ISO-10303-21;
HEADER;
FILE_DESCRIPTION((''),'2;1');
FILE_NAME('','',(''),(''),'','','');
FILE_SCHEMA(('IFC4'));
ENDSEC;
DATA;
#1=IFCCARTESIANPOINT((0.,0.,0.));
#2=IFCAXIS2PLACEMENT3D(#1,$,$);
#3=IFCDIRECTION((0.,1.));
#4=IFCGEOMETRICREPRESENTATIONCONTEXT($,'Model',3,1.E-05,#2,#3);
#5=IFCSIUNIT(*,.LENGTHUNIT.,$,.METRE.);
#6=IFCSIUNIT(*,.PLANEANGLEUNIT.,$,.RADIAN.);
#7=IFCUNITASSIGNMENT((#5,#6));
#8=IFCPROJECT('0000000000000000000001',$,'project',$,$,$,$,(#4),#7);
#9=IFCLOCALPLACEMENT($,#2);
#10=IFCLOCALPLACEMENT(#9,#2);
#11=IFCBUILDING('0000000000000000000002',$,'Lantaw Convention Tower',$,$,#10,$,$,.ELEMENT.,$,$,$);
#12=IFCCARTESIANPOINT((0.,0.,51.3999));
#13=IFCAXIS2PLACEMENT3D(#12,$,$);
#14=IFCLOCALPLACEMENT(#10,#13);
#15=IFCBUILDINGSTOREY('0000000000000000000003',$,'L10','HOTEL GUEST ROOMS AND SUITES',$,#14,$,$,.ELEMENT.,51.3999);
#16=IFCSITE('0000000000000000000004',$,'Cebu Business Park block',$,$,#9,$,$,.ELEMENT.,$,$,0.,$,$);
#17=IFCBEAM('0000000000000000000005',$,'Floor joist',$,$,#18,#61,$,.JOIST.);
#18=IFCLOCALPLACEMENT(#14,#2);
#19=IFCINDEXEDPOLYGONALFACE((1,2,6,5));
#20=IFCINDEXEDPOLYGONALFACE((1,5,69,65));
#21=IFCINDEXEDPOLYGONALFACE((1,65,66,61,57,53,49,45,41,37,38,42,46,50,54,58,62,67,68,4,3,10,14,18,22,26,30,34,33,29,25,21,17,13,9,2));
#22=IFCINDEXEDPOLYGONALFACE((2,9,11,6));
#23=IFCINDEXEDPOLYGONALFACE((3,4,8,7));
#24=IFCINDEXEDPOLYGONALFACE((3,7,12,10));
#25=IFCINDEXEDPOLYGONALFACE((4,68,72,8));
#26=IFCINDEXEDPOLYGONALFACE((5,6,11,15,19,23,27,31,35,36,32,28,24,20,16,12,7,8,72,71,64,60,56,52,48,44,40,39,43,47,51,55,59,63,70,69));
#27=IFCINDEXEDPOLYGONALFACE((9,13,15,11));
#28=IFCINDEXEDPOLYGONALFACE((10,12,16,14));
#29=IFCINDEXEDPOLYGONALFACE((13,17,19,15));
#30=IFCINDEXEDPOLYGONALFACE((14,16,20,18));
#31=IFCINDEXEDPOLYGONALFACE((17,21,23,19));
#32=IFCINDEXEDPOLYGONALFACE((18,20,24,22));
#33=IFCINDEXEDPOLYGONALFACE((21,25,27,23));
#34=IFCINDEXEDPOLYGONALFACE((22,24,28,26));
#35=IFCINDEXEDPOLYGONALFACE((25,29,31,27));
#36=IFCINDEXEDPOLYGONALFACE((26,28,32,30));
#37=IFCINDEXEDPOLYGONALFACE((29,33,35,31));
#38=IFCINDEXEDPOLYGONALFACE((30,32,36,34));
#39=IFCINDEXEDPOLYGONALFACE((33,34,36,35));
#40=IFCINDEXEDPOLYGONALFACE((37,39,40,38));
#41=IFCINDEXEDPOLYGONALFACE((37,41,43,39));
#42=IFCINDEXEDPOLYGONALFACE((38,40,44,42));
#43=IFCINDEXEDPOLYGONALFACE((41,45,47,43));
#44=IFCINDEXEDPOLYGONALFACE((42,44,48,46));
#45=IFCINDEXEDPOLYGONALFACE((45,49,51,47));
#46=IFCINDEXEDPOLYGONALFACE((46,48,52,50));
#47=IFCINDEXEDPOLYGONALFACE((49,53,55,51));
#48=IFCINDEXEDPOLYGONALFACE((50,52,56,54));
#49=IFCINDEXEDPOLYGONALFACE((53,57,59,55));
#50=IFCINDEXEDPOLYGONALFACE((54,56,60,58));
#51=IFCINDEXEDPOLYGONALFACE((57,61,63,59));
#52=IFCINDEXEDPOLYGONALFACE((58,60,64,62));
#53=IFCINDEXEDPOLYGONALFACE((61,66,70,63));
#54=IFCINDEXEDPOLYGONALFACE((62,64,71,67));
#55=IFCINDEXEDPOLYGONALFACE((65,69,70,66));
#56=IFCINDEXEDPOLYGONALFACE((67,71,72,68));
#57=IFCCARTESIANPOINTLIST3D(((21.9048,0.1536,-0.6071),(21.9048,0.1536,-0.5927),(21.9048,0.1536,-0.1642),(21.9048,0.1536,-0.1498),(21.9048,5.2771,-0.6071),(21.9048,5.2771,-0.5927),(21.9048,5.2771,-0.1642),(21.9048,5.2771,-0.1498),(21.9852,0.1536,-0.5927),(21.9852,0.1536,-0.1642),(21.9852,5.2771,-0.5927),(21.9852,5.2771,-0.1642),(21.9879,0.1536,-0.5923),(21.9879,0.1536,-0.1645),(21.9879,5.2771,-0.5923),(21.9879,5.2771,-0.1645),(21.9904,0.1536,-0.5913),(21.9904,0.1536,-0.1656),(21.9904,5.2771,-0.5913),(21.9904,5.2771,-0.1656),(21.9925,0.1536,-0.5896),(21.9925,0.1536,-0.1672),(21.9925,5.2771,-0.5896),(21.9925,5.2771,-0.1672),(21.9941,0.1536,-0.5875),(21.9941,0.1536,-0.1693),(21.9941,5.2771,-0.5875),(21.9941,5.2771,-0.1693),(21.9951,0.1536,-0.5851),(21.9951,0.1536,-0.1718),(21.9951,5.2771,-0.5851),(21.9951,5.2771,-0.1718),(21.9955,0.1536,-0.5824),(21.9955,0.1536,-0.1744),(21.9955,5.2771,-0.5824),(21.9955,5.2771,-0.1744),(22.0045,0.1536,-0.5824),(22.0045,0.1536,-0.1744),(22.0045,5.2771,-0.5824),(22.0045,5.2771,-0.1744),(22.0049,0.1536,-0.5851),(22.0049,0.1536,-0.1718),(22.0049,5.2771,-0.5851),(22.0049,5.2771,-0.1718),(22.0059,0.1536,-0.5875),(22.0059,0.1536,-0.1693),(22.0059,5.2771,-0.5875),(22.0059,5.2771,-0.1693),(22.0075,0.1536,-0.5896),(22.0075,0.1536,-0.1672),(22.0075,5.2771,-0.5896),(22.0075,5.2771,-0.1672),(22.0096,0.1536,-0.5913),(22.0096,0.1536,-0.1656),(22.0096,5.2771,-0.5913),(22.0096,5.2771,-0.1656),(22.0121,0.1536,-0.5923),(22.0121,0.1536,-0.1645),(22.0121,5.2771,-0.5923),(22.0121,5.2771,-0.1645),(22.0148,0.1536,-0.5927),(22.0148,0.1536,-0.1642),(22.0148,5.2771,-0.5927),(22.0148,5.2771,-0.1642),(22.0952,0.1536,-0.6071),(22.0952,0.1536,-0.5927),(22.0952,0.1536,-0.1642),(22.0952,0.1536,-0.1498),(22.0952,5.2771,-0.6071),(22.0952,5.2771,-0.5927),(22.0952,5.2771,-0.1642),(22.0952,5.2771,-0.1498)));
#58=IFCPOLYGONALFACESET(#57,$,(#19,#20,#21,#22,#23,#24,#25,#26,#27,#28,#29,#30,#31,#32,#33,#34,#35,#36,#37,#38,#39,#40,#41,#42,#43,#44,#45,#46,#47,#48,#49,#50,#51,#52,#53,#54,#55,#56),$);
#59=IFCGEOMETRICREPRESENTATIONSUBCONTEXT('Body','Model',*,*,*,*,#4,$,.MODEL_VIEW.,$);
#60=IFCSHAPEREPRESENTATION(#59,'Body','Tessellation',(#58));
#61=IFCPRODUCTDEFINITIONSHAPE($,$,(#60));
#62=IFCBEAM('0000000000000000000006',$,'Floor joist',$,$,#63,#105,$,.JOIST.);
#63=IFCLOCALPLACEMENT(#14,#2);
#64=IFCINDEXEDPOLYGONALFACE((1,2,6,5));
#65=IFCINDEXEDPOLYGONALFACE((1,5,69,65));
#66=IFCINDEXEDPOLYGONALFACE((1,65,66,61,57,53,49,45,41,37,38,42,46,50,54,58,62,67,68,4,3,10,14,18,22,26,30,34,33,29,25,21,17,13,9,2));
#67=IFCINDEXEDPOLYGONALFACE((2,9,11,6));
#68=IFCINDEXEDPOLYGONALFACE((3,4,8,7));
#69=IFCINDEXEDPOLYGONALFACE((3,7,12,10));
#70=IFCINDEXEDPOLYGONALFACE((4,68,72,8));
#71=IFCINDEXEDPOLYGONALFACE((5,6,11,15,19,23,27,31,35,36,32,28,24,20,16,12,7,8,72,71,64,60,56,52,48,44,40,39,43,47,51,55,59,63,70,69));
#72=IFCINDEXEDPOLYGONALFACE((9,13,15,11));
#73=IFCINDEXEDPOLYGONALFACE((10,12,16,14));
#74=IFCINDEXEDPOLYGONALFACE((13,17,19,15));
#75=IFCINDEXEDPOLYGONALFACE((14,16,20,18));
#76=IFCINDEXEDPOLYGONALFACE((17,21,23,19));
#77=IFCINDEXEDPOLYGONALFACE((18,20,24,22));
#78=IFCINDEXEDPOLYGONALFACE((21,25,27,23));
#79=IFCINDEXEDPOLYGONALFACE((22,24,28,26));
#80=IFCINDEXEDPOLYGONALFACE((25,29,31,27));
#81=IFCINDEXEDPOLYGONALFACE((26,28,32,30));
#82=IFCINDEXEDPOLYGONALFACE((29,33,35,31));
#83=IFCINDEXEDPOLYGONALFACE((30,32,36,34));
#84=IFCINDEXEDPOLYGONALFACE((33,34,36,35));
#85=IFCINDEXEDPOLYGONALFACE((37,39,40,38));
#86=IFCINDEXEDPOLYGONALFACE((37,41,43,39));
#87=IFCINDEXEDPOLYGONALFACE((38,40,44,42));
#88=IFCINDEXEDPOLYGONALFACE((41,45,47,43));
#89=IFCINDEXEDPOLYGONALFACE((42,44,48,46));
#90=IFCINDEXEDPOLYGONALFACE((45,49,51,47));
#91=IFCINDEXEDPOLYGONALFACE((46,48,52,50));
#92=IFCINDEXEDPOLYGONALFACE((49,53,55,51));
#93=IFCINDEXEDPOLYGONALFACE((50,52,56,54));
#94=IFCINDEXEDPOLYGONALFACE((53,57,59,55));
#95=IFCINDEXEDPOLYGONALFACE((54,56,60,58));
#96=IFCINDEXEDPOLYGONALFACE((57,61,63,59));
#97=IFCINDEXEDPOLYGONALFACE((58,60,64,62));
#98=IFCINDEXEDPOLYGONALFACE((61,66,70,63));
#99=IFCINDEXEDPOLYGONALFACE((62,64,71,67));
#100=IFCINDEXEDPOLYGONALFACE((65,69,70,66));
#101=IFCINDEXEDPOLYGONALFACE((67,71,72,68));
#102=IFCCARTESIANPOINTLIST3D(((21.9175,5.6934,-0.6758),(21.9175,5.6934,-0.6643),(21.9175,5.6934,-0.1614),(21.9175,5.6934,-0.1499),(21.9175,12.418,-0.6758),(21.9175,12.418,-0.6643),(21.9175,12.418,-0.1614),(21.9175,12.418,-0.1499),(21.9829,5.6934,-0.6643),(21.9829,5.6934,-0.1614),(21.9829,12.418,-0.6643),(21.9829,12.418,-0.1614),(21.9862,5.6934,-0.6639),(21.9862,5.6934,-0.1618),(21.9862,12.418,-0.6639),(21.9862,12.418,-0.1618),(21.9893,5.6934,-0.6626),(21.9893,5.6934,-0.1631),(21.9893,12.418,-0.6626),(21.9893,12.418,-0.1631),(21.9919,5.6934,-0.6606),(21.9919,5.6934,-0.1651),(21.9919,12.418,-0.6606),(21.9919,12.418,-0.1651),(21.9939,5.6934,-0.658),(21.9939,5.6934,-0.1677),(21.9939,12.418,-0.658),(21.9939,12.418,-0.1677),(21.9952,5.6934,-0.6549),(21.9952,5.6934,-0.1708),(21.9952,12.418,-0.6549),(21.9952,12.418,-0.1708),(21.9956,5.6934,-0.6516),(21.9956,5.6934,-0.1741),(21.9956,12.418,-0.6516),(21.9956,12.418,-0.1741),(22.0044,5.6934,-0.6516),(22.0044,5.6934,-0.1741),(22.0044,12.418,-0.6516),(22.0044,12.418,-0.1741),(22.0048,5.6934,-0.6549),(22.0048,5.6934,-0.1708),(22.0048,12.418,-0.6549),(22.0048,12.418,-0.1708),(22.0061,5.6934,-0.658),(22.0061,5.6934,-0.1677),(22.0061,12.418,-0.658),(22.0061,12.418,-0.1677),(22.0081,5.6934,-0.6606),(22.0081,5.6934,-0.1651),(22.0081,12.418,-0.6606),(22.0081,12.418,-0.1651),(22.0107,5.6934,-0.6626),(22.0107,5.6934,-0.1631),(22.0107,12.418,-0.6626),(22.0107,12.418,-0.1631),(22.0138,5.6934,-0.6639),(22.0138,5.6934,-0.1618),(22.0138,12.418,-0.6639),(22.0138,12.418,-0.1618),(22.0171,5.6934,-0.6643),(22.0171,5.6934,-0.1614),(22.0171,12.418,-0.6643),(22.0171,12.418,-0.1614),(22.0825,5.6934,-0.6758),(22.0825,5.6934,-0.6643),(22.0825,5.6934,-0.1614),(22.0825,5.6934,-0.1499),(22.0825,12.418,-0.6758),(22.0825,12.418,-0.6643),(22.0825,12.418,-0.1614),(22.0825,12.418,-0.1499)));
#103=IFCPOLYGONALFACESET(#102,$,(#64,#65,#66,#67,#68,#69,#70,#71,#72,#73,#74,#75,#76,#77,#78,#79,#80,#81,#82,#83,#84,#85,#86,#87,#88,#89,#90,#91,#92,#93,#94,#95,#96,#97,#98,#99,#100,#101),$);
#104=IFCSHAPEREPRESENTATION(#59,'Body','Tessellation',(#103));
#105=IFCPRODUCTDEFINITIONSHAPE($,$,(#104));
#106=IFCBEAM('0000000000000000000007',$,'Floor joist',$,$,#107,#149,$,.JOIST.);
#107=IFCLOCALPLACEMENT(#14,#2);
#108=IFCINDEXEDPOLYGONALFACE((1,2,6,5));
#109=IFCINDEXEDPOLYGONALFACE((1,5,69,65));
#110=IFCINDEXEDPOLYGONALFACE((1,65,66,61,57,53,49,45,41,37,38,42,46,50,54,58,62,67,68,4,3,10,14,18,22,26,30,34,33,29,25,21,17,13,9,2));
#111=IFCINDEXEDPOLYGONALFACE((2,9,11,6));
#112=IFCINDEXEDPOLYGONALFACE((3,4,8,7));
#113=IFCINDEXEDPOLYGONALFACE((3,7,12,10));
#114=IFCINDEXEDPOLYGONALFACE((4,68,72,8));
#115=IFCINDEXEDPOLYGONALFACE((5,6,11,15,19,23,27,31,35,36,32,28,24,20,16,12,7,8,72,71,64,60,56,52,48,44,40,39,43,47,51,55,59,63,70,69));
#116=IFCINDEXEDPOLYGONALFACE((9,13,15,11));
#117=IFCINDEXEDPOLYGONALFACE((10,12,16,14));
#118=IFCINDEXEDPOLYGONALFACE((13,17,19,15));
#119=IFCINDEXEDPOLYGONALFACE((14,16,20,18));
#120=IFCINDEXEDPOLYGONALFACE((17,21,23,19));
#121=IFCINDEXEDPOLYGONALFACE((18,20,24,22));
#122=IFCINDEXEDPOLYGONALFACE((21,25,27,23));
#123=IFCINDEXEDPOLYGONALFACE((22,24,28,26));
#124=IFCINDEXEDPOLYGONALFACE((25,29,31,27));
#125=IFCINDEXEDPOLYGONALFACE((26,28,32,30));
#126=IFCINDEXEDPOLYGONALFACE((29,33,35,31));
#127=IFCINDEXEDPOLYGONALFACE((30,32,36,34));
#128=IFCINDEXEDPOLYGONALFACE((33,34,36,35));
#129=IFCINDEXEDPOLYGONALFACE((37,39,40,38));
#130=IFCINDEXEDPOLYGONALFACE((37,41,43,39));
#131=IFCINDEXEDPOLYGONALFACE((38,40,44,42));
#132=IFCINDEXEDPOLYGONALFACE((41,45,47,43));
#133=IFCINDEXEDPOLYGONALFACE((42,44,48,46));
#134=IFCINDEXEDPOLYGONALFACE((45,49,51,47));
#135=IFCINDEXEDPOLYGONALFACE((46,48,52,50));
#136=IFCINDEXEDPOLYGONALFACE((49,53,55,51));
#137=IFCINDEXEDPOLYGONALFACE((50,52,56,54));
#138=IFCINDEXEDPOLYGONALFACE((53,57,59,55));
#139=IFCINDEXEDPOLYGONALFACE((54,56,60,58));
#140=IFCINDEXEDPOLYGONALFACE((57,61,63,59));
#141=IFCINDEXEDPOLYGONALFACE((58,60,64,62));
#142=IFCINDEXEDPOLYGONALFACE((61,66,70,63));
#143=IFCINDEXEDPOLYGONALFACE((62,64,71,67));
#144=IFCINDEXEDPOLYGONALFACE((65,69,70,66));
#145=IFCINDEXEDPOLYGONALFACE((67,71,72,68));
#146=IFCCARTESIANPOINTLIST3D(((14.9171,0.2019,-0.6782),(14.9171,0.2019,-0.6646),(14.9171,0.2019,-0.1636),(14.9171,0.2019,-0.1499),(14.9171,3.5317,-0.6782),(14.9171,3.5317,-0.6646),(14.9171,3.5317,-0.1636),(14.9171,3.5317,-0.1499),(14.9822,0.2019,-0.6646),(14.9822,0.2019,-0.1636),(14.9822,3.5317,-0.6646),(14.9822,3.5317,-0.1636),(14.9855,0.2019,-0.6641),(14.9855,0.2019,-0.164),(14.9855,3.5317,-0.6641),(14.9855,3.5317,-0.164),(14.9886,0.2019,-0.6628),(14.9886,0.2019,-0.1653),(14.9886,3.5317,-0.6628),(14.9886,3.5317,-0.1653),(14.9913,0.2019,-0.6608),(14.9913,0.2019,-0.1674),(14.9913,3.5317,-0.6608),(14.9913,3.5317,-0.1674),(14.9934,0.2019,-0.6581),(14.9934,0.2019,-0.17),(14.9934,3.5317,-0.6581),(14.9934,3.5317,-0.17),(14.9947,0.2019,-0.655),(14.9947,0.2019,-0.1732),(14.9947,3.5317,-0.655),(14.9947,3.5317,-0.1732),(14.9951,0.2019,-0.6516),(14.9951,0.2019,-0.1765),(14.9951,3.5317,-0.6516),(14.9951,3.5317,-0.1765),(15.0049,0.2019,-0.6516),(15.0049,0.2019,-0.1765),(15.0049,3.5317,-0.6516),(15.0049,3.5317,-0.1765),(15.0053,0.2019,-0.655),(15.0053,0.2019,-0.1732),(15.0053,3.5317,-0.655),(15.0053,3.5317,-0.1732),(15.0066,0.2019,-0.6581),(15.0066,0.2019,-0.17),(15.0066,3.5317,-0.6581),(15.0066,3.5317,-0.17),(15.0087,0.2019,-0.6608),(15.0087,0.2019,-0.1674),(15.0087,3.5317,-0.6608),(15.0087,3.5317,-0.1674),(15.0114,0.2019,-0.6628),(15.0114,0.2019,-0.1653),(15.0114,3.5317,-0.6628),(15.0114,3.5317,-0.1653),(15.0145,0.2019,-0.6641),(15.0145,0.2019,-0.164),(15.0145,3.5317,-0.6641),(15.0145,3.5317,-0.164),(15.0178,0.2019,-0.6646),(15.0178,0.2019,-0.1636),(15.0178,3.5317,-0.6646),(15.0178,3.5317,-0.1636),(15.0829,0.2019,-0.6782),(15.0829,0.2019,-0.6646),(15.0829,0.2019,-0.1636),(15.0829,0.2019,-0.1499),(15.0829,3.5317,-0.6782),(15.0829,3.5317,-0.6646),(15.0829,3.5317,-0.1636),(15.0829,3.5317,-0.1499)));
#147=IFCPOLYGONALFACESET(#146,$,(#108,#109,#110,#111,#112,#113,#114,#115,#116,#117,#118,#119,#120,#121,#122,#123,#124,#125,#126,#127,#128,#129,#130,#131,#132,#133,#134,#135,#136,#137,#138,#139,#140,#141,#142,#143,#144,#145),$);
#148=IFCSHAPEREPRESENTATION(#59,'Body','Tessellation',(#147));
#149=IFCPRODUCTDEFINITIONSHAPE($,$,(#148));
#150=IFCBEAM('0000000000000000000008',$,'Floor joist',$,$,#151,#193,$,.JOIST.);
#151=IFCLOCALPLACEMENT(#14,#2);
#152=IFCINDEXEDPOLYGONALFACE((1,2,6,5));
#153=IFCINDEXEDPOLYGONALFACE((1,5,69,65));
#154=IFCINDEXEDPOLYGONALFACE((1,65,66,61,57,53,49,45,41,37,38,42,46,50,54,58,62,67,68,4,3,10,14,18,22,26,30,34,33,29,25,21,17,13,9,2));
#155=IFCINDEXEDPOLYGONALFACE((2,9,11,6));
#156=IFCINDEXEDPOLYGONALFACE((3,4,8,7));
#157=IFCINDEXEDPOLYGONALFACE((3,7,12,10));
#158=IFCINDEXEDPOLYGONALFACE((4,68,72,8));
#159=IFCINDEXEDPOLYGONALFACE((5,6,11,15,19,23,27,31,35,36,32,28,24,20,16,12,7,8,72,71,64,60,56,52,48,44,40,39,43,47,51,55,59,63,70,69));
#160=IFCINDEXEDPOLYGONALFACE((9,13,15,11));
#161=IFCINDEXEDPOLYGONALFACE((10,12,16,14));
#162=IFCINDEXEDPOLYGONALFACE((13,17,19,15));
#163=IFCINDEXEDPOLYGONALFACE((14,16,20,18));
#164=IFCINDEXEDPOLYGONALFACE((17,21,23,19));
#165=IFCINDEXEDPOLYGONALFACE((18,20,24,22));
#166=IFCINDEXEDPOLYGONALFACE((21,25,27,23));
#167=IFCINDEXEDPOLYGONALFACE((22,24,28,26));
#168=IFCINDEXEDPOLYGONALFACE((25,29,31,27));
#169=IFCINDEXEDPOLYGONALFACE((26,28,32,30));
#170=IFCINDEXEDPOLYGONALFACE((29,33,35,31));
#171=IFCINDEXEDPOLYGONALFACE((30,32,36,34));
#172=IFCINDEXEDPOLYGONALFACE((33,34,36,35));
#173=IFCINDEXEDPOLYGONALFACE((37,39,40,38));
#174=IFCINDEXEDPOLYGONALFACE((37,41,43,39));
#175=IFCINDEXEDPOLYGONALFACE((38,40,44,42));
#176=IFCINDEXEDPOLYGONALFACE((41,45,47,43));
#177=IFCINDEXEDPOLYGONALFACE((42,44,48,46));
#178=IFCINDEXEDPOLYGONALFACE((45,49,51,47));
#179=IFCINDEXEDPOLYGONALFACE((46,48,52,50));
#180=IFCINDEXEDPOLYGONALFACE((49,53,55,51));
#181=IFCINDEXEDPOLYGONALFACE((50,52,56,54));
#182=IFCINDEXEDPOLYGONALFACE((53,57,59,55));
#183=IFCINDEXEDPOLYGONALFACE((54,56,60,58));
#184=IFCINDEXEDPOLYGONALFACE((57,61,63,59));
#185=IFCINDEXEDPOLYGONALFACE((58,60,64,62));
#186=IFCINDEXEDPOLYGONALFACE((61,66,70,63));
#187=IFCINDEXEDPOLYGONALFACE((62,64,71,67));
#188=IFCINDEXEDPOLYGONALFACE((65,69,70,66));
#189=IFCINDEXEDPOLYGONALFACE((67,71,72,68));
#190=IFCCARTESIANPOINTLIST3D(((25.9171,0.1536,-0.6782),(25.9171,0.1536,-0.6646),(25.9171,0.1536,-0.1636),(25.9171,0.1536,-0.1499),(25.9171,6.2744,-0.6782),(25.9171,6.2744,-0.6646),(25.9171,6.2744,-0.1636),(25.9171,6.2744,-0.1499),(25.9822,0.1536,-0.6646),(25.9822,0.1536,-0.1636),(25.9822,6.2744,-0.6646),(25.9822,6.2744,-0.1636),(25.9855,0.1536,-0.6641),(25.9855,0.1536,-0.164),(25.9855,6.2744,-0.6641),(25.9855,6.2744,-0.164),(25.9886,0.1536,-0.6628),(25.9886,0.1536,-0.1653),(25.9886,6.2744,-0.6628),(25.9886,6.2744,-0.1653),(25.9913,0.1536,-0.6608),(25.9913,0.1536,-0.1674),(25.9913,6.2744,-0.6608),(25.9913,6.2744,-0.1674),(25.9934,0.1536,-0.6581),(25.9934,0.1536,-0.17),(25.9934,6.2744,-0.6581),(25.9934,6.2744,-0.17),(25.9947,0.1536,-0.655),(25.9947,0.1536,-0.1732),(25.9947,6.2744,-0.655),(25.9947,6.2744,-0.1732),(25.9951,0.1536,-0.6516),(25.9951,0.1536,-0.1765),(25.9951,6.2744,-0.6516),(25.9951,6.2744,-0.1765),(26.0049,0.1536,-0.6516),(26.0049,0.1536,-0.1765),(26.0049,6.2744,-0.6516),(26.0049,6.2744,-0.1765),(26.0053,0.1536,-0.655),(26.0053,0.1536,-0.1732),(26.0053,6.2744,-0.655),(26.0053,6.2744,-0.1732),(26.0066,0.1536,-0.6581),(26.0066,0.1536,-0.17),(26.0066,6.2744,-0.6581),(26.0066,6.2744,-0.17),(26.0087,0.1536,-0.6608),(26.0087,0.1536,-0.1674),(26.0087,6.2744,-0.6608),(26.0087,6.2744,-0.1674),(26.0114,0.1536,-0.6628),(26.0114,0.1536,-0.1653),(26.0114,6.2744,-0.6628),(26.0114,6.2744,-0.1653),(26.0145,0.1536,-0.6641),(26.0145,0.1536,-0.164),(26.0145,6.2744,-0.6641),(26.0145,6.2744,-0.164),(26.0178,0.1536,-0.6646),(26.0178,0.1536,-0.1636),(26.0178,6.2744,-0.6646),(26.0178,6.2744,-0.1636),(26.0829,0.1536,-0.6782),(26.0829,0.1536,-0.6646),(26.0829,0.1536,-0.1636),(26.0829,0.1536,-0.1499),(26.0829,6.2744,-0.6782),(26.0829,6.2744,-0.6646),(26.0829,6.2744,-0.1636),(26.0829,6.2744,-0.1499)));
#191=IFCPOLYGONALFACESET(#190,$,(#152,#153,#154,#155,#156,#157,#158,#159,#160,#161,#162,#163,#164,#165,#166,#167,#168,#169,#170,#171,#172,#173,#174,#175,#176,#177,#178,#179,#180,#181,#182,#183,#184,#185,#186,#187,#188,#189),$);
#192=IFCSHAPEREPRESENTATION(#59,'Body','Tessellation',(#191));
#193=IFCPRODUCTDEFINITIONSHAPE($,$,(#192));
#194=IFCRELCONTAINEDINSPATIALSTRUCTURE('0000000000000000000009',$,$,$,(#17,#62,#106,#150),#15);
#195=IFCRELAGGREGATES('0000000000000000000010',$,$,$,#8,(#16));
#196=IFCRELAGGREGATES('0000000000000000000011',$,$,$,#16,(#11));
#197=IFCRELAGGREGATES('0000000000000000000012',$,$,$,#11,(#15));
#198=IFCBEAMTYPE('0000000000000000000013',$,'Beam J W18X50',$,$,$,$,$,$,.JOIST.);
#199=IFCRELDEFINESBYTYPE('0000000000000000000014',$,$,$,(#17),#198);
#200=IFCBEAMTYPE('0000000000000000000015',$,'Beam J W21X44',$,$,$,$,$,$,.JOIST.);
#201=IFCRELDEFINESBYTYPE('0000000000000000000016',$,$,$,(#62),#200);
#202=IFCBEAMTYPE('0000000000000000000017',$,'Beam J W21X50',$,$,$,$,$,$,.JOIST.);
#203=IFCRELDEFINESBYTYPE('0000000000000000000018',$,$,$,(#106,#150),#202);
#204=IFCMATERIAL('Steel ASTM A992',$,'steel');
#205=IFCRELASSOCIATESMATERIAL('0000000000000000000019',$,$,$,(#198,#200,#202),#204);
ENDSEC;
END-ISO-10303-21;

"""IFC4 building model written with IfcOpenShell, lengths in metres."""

from ifc_helpers import new_model, si_unit, direction, frame, origin, origin_2d, place, context, subcontext, project, spatial, i_section, extrude, material, material_profile, profile_set, type_object, element, save


model = new_model("IFC4")

# Units and contexts
model_context = context("Model", 3, precision=1e-05, world=origin(), true_north=direction((0.0, 1.0)))
body_context = subcontext(model_context, "Body", "Model", "MODEL_VIEW")
ifc_project = project(units=[si_unit("LENGTHUNIT", "METRE"), si_unit("PLANEANGLEUNIT", "RADIAN")], contexts=[model_context])

# Site, building, storey
site_placement = place(None, origin())
site = spatial("IfcSite", under=ifc_project, at=site_placement, Name="Cebu Business Park block", CompositionType="ELEMENT", RefElevation=0.0)
building_placement = place(site_placement, origin())
building = spatial("IfcBuilding", under=site, at=building_placement, Name="Lantaw Convention Tower", CompositionType="ELEMENT")
storey_placement = place(building_placement, frame((0.0, 0.0, 51.3999)))
storey = spatial("IfcBuildingStorey", under=building, at=storey_placement, Name="L10", Description="HOTEL GUEST ROOMS AND SUITES", CompositionType="ELEMENT", Elevation=51.3999)

# Beams
ifc_material_1 = material(Name="Steel ASTM A992", Category="steel")
ifc_material_profile_1 = material_profile(ifc_material_1, i_section(OverallWidth=0.1904, OverallDepth=0.4573, WebThickness=0.009, FlangeThickness=0.0144, FilletRadius=0.0103, at=origin_2d()), Name="W18X50")
ifc_profile_set_1 = profile_set([ifc_material_profile_1], Name="Steel ASTM A992")
beam_type_1 = type_object("IfcBeamType", Name="Beam J W18X50", PredefinedType="JOIST", material=ifc_profile_set_1)
beam_1_placement = place(storey_placement, frame((22.0, 0.1536, -0.3784), z_axis=(0.0, 1.0, 0.0), x_axis=(-1.0, 0.0, 0.0)))
element("IfcBeam", 1, at=beam_1_placement, inside=storey, type_object=beam_type_1, Name="Floor joist", PredefinedType="JOIST", context=body_context, shape_type="SweptSolid", body=[
    extrude(i_section(OverallWidth=0.1904, OverallDepth=0.4573, WebThickness=0.009, FlangeThickness=0.0144, FilletRadius=0.0103, at=origin_2d()), origin(), (0.0, 0.0, 1.0), 5.1235),
])
ifc_material_profile_2 = material_profile(ifc_material_1, i_section(OverallWidth=0.165, OverallDepth=0.5259, WebThickness=0.0088, FlangeThickness=0.0115, FilletRadius=0.0127, at=origin_2d()), Name="W21X44")
ifc_profile_set_2 = profile_set([ifc_material_profile_2], Name="Steel ASTM A992")
beam_type_2 = type_object("IfcBeamType", Name="Beam J W21X44", PredefinedType="JOIST", material=ifc_profile_set_2)
beam_2_placement = place(storey_placement, frame((22.0, 5.6934, -0.4128), z_axis=(0.0, 1.0, 0.0), x_axis=(-1.0, 0.0, 0.0)))
element("IfcBeam", 2, at=beam_2_placement, inside=storey, type_object=beam_type_2, Name="Floor joist", PredefinedType="JOIST", context=body_context, shape_type="SweptSolid", body=[
    extrude(i_section(OverallWidth=0.165, OverallDepth=0.5259, WebThickness=0.0088, FlangeThickness=0.0115, FilletRadius=0.0127, at=origin_2d()), origin(), (0.0, 0.0, 1.0), 6.7246),
])
ifc_material_profile_3 = material_profile(ifc_material_1, i_section(OverallWidth=0.1658, OverallDepth=0.5283, WebThickness=0.0098, FlangeThickness=0.0137, FilletRadius=0.0129, at=origin_2d()), Name="W21X50")
ifc_profile_set_3 = profile_set([ifc_material_profile_3], Name="Steel ASTM A992")
beam_type_3 = type_object("IfcBeamType", Name="Beam J W21X50", PredefinedType="JOIST", material=ifc_profile_set_3)
beam_3_placement = place(storey_placement, frame((15.0, 0.2019, -0.4141), z_axis=(0.0, 1.0, 0.0), x_axis=(-1.0, 0.0, 0.0)))
element("IfcBeam", 3, at=beam_3_placement, inside=storey, type_object=beam_type_3, Name="Floor joist", PredefinedType="JOIST", context=body_context, shape_type="SweptSolid", body=[
    extrude(i_section(OverallWidth=0.1658, OverallDepth=0.5283, WebThickness=0.0098, FlangeThickness=0.0137, FilletRadius=0.0129, at=origin_2d()), origin(), (0.0, 0.0, 1.0), 3.3298),
])
beam_4_placement = place(storey_placement, frame((26.0, 0.1536, -0.4141), z_axis=(0.0, 1.0, 0.0), x_axis=(-1.0, 0.0, 0.0)))
element("IfcBeam", 4, at=beam_4_placement, inside=storey, type_object=beam_type_3, Name="Floor joist", PredefinedType="JOIST", context=body_context, shape_type="SweptSolid", body=[
    extrude(i_section(OverallWidth=0.1658, OverallDepth=0.5283, WebThickness=0.0098, FlangeThickness=0.0137, FilletRadius=0.0129, at=origin_2d()), origin(), (0.0, 0.0, 1.0), 6.1208),
])

save(model, "model.ifc")
